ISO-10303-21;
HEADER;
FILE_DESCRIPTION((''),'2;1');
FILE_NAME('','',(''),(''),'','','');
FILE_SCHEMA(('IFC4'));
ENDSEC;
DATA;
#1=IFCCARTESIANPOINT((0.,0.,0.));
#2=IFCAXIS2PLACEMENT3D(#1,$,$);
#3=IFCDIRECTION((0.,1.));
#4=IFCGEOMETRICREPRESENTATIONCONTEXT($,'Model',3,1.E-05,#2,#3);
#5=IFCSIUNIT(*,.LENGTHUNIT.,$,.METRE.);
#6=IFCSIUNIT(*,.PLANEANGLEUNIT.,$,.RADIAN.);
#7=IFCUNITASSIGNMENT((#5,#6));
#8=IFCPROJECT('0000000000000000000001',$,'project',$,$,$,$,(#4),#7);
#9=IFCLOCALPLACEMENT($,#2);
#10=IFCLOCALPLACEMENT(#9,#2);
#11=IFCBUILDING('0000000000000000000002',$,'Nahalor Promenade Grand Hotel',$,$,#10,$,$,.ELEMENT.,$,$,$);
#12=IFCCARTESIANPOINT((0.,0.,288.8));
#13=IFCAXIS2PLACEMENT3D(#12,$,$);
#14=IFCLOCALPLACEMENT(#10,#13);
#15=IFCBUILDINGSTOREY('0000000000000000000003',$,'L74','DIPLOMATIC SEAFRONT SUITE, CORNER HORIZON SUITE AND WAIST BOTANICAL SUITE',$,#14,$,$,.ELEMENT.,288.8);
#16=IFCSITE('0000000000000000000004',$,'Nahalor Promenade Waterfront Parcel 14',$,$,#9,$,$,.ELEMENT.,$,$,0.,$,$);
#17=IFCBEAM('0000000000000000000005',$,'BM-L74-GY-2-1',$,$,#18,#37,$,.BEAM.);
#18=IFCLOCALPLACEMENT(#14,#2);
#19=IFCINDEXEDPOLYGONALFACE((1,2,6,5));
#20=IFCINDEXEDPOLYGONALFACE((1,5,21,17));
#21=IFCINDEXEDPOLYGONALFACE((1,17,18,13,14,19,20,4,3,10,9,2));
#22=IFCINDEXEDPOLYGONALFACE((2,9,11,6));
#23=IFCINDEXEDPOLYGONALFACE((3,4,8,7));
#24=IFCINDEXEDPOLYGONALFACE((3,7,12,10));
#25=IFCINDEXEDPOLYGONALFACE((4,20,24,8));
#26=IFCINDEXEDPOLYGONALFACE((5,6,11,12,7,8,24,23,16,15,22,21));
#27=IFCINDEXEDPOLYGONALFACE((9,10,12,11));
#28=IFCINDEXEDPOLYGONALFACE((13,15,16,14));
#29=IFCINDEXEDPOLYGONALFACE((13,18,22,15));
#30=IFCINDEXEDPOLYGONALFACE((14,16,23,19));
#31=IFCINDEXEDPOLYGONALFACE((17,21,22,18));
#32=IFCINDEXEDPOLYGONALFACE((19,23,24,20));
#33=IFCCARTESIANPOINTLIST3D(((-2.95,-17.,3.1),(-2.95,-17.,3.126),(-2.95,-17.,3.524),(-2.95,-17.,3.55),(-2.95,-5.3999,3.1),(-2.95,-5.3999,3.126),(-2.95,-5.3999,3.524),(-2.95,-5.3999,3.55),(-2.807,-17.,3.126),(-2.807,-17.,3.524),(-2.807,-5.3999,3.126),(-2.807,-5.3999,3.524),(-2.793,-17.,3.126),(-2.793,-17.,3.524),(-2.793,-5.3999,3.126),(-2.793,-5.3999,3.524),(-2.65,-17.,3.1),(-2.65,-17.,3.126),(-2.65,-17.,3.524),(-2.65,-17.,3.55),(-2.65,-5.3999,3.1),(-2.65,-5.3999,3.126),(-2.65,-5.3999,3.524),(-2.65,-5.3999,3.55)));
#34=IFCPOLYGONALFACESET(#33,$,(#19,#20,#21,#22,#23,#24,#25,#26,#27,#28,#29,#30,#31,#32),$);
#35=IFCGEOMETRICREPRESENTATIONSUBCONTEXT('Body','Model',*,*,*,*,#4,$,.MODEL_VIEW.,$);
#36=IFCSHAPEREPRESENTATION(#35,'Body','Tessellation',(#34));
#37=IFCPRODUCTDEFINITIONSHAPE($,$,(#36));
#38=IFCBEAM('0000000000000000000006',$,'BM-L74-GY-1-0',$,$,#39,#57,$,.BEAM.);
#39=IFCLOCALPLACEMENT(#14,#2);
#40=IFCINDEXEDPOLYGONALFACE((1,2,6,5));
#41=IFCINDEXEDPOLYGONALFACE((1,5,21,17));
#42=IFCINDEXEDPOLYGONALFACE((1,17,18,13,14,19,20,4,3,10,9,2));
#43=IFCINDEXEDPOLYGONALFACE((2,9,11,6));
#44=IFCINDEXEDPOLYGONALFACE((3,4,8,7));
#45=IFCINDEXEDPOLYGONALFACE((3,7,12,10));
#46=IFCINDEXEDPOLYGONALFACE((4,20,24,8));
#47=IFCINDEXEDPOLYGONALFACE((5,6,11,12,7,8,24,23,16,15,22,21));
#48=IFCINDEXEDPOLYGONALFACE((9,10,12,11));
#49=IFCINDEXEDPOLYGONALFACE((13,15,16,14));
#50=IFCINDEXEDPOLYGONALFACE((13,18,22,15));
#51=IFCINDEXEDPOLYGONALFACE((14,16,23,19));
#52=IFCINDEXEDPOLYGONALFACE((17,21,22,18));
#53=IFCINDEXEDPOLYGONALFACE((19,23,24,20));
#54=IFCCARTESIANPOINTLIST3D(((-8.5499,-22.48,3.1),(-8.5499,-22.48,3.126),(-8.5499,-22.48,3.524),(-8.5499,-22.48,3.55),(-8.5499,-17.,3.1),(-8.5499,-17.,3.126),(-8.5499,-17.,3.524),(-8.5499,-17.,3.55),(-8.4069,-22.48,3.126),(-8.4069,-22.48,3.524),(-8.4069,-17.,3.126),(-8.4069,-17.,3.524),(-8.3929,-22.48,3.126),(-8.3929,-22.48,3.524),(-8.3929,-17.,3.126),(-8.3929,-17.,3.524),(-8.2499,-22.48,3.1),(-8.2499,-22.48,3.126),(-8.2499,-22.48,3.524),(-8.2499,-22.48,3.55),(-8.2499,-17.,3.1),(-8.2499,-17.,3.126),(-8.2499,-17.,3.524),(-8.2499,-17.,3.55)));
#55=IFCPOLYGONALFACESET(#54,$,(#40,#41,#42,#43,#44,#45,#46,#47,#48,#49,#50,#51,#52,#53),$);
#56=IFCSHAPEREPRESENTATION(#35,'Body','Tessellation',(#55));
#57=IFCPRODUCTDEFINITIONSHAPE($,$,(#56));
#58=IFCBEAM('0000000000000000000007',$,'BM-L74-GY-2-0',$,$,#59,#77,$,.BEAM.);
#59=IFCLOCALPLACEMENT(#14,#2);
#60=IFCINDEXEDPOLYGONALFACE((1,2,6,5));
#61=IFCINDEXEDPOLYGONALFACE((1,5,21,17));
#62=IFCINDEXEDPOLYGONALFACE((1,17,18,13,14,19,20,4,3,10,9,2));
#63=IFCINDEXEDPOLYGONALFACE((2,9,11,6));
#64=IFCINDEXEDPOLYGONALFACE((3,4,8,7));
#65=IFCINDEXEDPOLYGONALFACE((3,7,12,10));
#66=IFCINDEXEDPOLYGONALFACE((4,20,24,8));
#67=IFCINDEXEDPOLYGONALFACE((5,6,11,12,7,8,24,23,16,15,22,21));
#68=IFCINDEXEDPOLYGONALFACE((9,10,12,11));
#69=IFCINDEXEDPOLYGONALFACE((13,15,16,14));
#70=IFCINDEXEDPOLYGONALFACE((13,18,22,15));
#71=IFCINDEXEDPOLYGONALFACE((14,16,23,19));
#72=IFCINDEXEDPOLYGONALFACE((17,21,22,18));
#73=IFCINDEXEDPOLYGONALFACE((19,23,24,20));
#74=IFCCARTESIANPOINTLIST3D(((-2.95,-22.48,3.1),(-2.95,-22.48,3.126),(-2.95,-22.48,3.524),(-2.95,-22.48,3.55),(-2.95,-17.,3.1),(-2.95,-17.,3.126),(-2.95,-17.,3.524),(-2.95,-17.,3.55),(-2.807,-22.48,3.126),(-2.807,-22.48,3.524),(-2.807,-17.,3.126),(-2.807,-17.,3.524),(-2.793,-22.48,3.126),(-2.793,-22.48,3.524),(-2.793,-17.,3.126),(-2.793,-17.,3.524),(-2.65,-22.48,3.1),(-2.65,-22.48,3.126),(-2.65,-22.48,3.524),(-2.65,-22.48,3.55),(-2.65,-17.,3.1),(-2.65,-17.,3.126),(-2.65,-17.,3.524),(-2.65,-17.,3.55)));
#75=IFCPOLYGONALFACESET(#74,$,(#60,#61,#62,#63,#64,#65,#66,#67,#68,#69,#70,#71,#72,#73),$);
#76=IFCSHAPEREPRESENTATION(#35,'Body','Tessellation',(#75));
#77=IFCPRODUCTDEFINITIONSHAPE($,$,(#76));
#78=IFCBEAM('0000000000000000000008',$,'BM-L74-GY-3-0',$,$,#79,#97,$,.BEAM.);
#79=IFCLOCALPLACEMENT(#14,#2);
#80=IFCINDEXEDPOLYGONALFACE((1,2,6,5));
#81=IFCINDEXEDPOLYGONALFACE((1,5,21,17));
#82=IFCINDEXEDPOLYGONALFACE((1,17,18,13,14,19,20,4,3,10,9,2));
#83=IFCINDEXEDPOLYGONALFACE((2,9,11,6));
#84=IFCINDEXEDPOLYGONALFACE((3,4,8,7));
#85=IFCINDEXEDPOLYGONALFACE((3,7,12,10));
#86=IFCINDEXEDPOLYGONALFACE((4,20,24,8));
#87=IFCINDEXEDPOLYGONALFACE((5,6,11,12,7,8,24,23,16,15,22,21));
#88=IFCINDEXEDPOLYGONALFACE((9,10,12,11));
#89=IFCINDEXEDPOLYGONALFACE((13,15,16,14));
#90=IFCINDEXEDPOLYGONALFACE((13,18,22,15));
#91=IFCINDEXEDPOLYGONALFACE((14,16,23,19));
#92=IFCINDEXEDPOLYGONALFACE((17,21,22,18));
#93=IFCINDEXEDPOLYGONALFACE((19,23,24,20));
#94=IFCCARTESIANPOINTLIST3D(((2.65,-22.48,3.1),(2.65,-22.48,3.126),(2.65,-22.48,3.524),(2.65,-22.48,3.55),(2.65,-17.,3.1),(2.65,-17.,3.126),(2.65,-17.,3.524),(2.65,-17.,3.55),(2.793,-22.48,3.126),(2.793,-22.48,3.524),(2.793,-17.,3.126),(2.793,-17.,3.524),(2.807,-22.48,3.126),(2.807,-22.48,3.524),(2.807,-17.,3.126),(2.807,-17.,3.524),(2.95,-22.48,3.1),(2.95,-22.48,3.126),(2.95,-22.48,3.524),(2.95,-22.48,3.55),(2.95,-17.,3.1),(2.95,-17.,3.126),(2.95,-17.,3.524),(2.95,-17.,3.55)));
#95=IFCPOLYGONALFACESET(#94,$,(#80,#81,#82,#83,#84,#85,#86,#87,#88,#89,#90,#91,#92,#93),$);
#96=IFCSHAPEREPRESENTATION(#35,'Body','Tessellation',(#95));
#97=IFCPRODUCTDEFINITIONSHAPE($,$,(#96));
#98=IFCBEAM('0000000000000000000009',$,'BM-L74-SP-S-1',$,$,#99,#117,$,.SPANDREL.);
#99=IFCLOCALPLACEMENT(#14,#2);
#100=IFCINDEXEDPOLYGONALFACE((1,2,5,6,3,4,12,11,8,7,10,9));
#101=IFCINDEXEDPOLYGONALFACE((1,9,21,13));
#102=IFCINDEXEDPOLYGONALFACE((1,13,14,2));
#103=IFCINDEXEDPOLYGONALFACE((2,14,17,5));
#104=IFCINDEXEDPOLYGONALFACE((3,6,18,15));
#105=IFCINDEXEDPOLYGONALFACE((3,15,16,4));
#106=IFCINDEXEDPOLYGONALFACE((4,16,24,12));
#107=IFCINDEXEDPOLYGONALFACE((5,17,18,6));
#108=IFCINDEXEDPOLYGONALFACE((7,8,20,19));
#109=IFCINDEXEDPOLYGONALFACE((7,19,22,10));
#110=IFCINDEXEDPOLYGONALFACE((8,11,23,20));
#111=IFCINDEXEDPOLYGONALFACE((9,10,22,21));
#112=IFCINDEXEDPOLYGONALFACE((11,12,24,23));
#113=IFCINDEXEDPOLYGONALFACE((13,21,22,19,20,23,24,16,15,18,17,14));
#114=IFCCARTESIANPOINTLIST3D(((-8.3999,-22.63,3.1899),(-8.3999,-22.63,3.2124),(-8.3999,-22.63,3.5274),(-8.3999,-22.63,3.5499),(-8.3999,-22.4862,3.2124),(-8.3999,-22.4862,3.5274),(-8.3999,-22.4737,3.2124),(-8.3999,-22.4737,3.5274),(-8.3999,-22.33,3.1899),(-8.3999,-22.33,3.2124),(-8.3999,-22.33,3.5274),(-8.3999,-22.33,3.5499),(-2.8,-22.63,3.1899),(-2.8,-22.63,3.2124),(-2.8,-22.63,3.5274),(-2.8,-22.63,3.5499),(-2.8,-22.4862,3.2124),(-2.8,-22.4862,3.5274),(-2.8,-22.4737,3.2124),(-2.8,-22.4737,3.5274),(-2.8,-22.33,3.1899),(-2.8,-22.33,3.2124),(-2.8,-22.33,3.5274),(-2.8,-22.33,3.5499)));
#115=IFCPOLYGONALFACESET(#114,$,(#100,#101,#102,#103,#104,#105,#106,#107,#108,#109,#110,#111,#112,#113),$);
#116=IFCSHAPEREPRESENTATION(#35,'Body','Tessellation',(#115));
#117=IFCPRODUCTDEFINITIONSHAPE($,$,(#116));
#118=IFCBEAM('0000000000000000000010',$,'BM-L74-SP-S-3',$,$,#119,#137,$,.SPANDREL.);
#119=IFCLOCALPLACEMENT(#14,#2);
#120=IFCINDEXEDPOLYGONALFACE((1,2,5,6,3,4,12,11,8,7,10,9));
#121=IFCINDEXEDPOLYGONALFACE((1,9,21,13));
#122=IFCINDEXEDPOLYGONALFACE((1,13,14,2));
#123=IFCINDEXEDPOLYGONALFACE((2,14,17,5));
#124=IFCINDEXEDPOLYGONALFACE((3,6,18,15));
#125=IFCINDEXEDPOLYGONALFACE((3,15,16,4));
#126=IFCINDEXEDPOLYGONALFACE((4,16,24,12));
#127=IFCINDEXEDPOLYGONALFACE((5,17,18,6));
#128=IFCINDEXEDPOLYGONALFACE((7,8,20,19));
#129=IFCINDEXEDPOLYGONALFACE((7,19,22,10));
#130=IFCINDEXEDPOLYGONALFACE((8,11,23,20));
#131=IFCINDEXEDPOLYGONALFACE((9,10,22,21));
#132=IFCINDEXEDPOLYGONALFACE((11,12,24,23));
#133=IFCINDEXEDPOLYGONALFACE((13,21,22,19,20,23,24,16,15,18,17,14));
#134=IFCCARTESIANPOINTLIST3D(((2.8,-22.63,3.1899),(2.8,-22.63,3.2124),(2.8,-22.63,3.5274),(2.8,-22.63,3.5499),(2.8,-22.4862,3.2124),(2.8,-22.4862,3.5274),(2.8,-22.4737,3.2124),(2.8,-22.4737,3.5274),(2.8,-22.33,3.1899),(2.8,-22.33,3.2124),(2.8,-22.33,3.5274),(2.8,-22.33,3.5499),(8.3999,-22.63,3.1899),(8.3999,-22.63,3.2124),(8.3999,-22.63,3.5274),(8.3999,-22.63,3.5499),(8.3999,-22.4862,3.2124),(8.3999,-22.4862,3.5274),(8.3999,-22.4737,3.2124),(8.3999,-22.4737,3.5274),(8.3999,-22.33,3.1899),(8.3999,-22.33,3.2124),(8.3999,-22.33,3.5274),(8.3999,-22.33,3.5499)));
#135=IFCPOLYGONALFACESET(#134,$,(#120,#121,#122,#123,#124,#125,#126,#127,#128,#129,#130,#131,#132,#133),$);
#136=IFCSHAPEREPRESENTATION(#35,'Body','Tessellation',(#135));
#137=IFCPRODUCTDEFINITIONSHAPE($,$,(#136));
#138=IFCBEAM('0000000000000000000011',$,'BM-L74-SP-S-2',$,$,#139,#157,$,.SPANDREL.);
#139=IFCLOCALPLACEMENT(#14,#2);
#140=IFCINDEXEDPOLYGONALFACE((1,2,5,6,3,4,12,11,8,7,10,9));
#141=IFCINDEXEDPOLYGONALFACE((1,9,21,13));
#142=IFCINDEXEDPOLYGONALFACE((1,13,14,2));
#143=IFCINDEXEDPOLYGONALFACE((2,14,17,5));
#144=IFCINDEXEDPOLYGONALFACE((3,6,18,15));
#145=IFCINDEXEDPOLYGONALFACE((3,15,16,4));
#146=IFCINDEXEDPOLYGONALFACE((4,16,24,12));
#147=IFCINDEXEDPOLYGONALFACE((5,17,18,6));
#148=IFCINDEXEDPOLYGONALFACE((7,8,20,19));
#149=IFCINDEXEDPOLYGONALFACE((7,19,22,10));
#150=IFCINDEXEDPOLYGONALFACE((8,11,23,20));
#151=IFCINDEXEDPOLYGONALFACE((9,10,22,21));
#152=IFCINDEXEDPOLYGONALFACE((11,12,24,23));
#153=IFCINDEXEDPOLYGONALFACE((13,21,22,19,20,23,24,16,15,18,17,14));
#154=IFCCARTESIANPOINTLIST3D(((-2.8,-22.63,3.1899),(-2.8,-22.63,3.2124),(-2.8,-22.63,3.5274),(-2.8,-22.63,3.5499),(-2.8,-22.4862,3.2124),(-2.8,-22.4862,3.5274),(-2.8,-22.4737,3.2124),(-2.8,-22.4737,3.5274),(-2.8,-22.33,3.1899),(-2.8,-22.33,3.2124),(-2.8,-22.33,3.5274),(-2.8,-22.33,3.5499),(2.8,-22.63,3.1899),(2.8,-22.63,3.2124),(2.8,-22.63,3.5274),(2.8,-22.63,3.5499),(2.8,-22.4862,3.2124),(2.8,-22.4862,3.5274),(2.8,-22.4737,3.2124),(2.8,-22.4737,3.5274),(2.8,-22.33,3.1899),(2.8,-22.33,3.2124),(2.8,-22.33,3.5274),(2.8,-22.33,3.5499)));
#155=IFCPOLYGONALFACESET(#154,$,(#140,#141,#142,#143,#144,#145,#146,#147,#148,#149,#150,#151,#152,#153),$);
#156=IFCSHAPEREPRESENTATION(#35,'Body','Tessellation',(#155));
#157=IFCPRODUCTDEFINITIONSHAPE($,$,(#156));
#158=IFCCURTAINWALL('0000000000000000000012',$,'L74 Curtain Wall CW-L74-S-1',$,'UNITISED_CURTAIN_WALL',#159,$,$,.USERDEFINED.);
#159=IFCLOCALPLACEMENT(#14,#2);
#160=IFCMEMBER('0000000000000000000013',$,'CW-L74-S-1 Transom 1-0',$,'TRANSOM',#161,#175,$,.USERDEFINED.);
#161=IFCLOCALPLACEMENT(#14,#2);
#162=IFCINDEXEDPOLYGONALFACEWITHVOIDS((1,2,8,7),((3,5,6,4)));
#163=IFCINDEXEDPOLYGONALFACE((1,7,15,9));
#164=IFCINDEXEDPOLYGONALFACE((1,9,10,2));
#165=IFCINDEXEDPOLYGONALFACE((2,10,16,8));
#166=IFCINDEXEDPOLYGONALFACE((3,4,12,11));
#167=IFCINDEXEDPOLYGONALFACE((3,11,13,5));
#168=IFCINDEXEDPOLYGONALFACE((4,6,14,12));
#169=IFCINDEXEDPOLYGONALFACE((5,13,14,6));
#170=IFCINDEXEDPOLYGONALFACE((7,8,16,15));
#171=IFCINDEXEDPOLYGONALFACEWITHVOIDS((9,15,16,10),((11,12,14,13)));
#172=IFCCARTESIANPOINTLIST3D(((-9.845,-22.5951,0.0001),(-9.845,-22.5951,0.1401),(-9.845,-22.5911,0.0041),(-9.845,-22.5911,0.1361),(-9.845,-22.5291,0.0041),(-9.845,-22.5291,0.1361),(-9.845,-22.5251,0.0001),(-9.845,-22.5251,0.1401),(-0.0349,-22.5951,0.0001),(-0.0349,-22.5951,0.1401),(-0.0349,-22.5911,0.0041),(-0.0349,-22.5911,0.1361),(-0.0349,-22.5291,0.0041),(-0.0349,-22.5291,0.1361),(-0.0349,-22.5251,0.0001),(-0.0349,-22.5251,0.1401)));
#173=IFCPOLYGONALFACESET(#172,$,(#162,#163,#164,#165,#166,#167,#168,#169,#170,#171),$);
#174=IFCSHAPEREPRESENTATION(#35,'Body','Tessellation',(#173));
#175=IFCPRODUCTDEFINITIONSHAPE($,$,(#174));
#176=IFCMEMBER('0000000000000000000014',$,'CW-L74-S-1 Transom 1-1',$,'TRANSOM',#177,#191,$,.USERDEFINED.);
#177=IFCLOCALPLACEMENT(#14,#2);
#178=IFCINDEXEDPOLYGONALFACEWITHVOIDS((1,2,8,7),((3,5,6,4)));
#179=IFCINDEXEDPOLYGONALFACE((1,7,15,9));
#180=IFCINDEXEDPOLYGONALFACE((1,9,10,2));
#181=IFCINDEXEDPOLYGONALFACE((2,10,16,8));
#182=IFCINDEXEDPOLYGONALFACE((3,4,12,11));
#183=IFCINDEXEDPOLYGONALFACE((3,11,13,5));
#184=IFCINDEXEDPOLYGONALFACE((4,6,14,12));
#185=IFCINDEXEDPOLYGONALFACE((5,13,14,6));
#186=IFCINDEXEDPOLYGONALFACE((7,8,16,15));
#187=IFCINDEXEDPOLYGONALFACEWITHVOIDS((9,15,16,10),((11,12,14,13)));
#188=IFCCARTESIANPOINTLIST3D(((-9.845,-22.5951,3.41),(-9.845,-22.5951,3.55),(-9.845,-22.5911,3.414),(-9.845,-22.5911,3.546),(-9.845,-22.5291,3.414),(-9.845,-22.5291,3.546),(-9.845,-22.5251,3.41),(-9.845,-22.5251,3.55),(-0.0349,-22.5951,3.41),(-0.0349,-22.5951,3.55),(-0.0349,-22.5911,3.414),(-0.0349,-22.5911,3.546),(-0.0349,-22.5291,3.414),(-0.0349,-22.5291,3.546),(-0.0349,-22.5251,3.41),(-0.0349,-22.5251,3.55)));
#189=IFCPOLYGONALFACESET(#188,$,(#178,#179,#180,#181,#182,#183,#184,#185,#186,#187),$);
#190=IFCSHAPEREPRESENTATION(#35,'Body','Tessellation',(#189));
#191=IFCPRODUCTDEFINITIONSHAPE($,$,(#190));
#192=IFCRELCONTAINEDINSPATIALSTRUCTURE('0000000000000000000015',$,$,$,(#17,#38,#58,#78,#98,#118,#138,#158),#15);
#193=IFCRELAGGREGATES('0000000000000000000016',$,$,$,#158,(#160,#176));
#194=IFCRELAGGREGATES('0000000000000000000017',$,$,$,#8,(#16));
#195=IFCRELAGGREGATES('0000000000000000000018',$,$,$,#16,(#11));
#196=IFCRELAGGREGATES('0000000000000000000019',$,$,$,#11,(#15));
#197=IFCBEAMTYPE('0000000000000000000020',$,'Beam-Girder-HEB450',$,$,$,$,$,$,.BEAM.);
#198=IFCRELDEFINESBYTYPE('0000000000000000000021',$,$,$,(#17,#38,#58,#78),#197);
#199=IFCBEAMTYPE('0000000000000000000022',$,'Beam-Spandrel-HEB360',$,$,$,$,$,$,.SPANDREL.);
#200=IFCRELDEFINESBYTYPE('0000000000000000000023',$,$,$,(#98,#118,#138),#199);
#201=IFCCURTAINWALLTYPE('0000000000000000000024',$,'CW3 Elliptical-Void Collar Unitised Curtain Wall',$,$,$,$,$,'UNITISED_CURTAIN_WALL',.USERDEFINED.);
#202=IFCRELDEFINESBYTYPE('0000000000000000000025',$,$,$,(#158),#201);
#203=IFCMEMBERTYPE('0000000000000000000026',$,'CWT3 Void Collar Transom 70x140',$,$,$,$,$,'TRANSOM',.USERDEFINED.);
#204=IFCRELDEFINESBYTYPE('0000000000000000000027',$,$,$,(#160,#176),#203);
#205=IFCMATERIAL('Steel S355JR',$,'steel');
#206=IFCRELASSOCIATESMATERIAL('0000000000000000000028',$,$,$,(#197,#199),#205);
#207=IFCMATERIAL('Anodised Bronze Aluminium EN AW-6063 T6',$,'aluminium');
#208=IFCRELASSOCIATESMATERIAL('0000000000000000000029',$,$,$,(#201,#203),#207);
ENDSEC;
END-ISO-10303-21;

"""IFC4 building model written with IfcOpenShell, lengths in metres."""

from ifc_helpers import new_model, si_unit, direction, frame, origin, origin_2d, place, context, subcontext, project, spatial, hollow_rectangle, i_section, extrude, source, transform, mapped, material, material_profile, profile_set, type_object, element, aggregate, save


model = new_model("IFC4")

# Units and contexts
model_context = context("Model", 3, precision=1e-05, world=origin(), true_north=direction((0.0, 1.0)))
body_context = subcontext(model_context, "Body", "Model", "MODEL_VIEW")
ifc_project = project(units=[si_unit("LENGTHUNIT", "METRE"), si_unit("PLANEANGLEUNIT", "RADIAN")], contexts=[model_context])

# Site, building, storey
site_placement = place(None, origin())
site = spatial("IfcSite", under=ifc_project, at=site_placement, Name="Nahalor Promenade Waterfront Parcel 14", CompositionType="ELEMENT", RefElevation=0.0)
building_placement = place(site_placement, origin())
building = spatial("IfcBuilding", under=site, at=building_placement, Name="Nahalor Promenade Grand Hotel", CompositionType="ELEMENT")
storey_placement = place(building_placement, frame((0.0, 0.0, 288.8)))
storey = spatial("IfcBuildingStorey", under=building, at=storey_placement, Name="L74", Description="DIPLOMATIC SEAFRONT SUITE, CORNER HORIZON SUITE AND WAIST BOTANICAL SUITE", CompositionType="ELEMENT", Elevation=288.8)

# Shared definitions
ifc_material_1 = material(Name="Steel S355JR", Category="steel")

# Beams
ifc_material_profile_1 = material_profile(ifc_material_1, i_section(OverallWidth=0.3, OverallDepth=0.45, WebThickness=0.014, FlangeThickness=0.026, at=origin_2d()), Name="HEB 450")
ifc_profile_set_1 = profile_set([ifc_material_profile_1], Name="Steel S355JR")
beam_type_1 = type_object("IfcBeamType", Name="Beam-Girder-HEB450", PredefinedType="BEAM", material=ifc_profile_set_1)
shared_shape_1 = source(origin(), body_context, "Body", "SweptSolid", [
    extrude(i_section(OverallWidth=0.3, OverallDepth=0.45, WebThickness=0.014, FlangeThickness=0.026, at=origin_2d()), origin(), (0.0, 0.0, 1.0), 11.6001),
])
for number, where, z_axis, x_axis, name in (
    (1, (-2.8, -17.0, 3.325), (0.0, 1.0, 0.0), (-1.0, 0.0, 0.0), "BM-L74-GY-2-1"),
):
    element("IfcBeam", number, at=place(storey_placement, frame(where, z_axis=z_axis, x_axis=x_axis)), inside=storey, type_object=beam_type_1, Name=name, PredefinedType="BEAM", context=body_context, shape_type="MappedRepresentation", body=[
        mapped(shared_shape_1, transform((0.0, 0.0, 0.0), scale=1.0)),
    ])
shared_shape_2 = source(origin(), body_context, "Body", "SweptSolid", [
    extrude(i_section(OverallWidth=0.3, OverallDepth=0.45, WebThickness=0.014, FlangeThickness=0.026, at=origin_2d()), origin(), (0.0, 0.0, 1.0), 5.48),
])
for number, where, z_axis, x_axis, name in (
    (2, (-8.3999, -22.48, 3.325), (0.0, 1.0, 0.0), (-1.0, 0.0, 0.0), "BM-L74-GY-1-0"),
    (3, (-2.8, -22.48, 3.325), (0.0, 1.0, 0.0), (-1.0, 0.0, 0.0), "BM-L74-GY-2-0"),
    (4, (2.8, -22.48, 3.325), (0.0, 1.0, 0.0), (-1.0, 0.0, 0.0), "BM-L74-GY-3-0"),
):
    element("IfcBeam", number, at=place(storey_placement, frame(where, z_axis=z_axis, x_axis=x_axis)), inside=storey, type_object=beam_type_1, Name=name, PredefinedType="BEAM", context=body_context, shape_type="MappedRepresentation", body=[
        mapped(shared_shape_2, transform((0.0, 0.0, 0.0), scale=1.0)),
    ])
ifc_material_profile_2 = material_profile(ifc_material_1, i_section(OverallWidth=0.3, OverallDepth=0.36, WebThickness=0.0125, FlangeThickness=0.0225, at=origin_2d()), Name="HEB 360")
ifc_profile_set_2 = profile_set([ifc_material_profile_2], Name="Steel S355JR")
beam_type_2 = type_object("IfcBeamType", Name="Beam-Spandrel-HEB360", PredefinedType="SPANDREL", material=ifc_profile_set_2)
shared_shape_3 = source(origin(), body_context, "Body", "SweptSolid", [
    extrude(i_section(OverallWidth=0.3, OverallDepth=0.36, WebThickness=0.0125, FlangeThickness=0.0225, at=origin_2d()), origin(), (0.0, 0.0, 1.0), 5.5999),
])
for number, where, z_axis, x_axis, name in (
    (5, (-8.3999, -22.48, 3.3699), (1.0, 0.0, 0.0), (0.0, 1.0, 0.0), "BM-L74-SP-S-1"),
    (6, (2.8, -22.48, 3.3699), (1.0, 0.0, 0.0), (0.0, 1.0, 0.0), "BM-L74-SP-S-3"),
):
    element("IfcBeam", number, at=place(storey_placement, frame(where, z_axis=z_axis, x_axis=x_axis)), inside=storey, type_object=beam_type_2, Name=name, PredefinedType="SPANDREL", context=body_context, shape_type="MappedRepresentation", body=[
        mapped(shared_shape_3, transform((0.0, 0.0, 0.0), scale=1.0)),
    ])
shared_shape_4 = source(origin(), body_context, "Body", "SweptSolid", [
    extrude(i_section(OverallWidth=0.3, OverallDepth=0.36, WebThickness=0.0125, FlangeThickness=0.0225, at=origin_2d()), origin(), (0.0, 0.0, 1.0), 5.6001),
])
beam_1_placement = place(storey_placement, frame((-2.8, -22.48, 3.3699), z_axis=(1.0, 0.0, 0.0), x_axis=(0.0, 1.0, 0.0)))
element("IfcBeam", 7, at=beam_1_placement, inside=storey, type_object=beam_type_2, Name="BM-L74-SP-S-2", PredefinedType="SPANDREL", context=body_context, shape_type="MappedRepresentation", body=[
    mapped(shared_shape_4, transform((0.0, 0.0, 0.0), scale=1.0)),
])

# Curtain wall, members
ifc_material_2 = material(Name="Anodised Bronze Aluminium EN AW-6063 T6", Category="aluminium")
curtain_wall_type = type_object("IfcCurtainWallType", Name="CW3 Elliptical-Void Collar Unitised Curtain Wall", ElementType="UNITISED_CURTAIN_WALL", PredefinedType="USERDEFINED", material=ifc_material_2)
curtain_wall_placement = place(storey_placement, origin())
curtain_wall = element("IfcCurtainWall", 8, at=curtain_wall_placement, inside=storey, type_object=curtain_wall_type, Name="L74 Curtain Wall CW-L74-S-1", ObjectType="UNITISED_CURTAIN_WALL", PredefinedType="USERDEFINED")
ifc_material_profile_3 = material_profile(ifc_material_2, hollow_rectangle(XDim=0.07, YDim=0.14, WallThickness=0.004, at=origin_2d()), Name="CWT 70x140x4")
ifc_profile_set_3 = profile_set([ifc_material_profile_3], Name="Anodised Bronze Aluminium EN AW-6063 T6")
member_type_1 = type_object("IfcMemberType", Name="CWT3 Void Collar Transom 70x140", ElementType="TRANSOM", PredefinedType="USERDEFINED", material=ifc_profile_set_3)
shared_shape_5 = source(origin(), body_context, "Body", "SweptSolid", [
    extrude(hollow_rectangle(XDim=0.07, YDim=0.14, WallThickness=0.004, at=origin_2d()), origin(), (0.0, 0.0, 1.0), 9.8101),
])
member_1_placement = place(storey_placement, frame((-9.845, -22.5601, 0.0701), z_axis=(1.0, 0.0, 0.0), x_axis=(0.0, 1.0, 0.0)))
member_1 = element("IfcMember", 9, at=member_1_placement, type_object=member_type_1, Name="CW-L74-S-1 Transom 1-0", ObjectType="TRANSOM", PredefinedType="USERDEFINED", context=body_context, shape_type="MappedRepresentation", body=[
    mapped(shared_shape_5, transform((0.0, 0.0, 0.0), scale=1.0)),
])
member_2_placement = place(storey_placement, frame((-9.845, -22.5601, 3.48), z_axis=(1.0, 0.0, 0.0), x_axis=(0.0, 1.0, 0.0)))
member_2 = element("IfcMember", 10, at=member_2_placement, type_object=member_type_1, Name="CW-L74-S-1 Transom 1-1", ObjectType="TRANSOM", PredefinedType="USERDEFINED", context=body_context, shape_type="MappedRepresentation", body=[
    mapped(shared_shape_5, transform((0.0, 0.0, 0.0), scale=1.0)),
])
aggregate(curtain_wall, [member_1, member_2])

save(model, "model.ifc")
